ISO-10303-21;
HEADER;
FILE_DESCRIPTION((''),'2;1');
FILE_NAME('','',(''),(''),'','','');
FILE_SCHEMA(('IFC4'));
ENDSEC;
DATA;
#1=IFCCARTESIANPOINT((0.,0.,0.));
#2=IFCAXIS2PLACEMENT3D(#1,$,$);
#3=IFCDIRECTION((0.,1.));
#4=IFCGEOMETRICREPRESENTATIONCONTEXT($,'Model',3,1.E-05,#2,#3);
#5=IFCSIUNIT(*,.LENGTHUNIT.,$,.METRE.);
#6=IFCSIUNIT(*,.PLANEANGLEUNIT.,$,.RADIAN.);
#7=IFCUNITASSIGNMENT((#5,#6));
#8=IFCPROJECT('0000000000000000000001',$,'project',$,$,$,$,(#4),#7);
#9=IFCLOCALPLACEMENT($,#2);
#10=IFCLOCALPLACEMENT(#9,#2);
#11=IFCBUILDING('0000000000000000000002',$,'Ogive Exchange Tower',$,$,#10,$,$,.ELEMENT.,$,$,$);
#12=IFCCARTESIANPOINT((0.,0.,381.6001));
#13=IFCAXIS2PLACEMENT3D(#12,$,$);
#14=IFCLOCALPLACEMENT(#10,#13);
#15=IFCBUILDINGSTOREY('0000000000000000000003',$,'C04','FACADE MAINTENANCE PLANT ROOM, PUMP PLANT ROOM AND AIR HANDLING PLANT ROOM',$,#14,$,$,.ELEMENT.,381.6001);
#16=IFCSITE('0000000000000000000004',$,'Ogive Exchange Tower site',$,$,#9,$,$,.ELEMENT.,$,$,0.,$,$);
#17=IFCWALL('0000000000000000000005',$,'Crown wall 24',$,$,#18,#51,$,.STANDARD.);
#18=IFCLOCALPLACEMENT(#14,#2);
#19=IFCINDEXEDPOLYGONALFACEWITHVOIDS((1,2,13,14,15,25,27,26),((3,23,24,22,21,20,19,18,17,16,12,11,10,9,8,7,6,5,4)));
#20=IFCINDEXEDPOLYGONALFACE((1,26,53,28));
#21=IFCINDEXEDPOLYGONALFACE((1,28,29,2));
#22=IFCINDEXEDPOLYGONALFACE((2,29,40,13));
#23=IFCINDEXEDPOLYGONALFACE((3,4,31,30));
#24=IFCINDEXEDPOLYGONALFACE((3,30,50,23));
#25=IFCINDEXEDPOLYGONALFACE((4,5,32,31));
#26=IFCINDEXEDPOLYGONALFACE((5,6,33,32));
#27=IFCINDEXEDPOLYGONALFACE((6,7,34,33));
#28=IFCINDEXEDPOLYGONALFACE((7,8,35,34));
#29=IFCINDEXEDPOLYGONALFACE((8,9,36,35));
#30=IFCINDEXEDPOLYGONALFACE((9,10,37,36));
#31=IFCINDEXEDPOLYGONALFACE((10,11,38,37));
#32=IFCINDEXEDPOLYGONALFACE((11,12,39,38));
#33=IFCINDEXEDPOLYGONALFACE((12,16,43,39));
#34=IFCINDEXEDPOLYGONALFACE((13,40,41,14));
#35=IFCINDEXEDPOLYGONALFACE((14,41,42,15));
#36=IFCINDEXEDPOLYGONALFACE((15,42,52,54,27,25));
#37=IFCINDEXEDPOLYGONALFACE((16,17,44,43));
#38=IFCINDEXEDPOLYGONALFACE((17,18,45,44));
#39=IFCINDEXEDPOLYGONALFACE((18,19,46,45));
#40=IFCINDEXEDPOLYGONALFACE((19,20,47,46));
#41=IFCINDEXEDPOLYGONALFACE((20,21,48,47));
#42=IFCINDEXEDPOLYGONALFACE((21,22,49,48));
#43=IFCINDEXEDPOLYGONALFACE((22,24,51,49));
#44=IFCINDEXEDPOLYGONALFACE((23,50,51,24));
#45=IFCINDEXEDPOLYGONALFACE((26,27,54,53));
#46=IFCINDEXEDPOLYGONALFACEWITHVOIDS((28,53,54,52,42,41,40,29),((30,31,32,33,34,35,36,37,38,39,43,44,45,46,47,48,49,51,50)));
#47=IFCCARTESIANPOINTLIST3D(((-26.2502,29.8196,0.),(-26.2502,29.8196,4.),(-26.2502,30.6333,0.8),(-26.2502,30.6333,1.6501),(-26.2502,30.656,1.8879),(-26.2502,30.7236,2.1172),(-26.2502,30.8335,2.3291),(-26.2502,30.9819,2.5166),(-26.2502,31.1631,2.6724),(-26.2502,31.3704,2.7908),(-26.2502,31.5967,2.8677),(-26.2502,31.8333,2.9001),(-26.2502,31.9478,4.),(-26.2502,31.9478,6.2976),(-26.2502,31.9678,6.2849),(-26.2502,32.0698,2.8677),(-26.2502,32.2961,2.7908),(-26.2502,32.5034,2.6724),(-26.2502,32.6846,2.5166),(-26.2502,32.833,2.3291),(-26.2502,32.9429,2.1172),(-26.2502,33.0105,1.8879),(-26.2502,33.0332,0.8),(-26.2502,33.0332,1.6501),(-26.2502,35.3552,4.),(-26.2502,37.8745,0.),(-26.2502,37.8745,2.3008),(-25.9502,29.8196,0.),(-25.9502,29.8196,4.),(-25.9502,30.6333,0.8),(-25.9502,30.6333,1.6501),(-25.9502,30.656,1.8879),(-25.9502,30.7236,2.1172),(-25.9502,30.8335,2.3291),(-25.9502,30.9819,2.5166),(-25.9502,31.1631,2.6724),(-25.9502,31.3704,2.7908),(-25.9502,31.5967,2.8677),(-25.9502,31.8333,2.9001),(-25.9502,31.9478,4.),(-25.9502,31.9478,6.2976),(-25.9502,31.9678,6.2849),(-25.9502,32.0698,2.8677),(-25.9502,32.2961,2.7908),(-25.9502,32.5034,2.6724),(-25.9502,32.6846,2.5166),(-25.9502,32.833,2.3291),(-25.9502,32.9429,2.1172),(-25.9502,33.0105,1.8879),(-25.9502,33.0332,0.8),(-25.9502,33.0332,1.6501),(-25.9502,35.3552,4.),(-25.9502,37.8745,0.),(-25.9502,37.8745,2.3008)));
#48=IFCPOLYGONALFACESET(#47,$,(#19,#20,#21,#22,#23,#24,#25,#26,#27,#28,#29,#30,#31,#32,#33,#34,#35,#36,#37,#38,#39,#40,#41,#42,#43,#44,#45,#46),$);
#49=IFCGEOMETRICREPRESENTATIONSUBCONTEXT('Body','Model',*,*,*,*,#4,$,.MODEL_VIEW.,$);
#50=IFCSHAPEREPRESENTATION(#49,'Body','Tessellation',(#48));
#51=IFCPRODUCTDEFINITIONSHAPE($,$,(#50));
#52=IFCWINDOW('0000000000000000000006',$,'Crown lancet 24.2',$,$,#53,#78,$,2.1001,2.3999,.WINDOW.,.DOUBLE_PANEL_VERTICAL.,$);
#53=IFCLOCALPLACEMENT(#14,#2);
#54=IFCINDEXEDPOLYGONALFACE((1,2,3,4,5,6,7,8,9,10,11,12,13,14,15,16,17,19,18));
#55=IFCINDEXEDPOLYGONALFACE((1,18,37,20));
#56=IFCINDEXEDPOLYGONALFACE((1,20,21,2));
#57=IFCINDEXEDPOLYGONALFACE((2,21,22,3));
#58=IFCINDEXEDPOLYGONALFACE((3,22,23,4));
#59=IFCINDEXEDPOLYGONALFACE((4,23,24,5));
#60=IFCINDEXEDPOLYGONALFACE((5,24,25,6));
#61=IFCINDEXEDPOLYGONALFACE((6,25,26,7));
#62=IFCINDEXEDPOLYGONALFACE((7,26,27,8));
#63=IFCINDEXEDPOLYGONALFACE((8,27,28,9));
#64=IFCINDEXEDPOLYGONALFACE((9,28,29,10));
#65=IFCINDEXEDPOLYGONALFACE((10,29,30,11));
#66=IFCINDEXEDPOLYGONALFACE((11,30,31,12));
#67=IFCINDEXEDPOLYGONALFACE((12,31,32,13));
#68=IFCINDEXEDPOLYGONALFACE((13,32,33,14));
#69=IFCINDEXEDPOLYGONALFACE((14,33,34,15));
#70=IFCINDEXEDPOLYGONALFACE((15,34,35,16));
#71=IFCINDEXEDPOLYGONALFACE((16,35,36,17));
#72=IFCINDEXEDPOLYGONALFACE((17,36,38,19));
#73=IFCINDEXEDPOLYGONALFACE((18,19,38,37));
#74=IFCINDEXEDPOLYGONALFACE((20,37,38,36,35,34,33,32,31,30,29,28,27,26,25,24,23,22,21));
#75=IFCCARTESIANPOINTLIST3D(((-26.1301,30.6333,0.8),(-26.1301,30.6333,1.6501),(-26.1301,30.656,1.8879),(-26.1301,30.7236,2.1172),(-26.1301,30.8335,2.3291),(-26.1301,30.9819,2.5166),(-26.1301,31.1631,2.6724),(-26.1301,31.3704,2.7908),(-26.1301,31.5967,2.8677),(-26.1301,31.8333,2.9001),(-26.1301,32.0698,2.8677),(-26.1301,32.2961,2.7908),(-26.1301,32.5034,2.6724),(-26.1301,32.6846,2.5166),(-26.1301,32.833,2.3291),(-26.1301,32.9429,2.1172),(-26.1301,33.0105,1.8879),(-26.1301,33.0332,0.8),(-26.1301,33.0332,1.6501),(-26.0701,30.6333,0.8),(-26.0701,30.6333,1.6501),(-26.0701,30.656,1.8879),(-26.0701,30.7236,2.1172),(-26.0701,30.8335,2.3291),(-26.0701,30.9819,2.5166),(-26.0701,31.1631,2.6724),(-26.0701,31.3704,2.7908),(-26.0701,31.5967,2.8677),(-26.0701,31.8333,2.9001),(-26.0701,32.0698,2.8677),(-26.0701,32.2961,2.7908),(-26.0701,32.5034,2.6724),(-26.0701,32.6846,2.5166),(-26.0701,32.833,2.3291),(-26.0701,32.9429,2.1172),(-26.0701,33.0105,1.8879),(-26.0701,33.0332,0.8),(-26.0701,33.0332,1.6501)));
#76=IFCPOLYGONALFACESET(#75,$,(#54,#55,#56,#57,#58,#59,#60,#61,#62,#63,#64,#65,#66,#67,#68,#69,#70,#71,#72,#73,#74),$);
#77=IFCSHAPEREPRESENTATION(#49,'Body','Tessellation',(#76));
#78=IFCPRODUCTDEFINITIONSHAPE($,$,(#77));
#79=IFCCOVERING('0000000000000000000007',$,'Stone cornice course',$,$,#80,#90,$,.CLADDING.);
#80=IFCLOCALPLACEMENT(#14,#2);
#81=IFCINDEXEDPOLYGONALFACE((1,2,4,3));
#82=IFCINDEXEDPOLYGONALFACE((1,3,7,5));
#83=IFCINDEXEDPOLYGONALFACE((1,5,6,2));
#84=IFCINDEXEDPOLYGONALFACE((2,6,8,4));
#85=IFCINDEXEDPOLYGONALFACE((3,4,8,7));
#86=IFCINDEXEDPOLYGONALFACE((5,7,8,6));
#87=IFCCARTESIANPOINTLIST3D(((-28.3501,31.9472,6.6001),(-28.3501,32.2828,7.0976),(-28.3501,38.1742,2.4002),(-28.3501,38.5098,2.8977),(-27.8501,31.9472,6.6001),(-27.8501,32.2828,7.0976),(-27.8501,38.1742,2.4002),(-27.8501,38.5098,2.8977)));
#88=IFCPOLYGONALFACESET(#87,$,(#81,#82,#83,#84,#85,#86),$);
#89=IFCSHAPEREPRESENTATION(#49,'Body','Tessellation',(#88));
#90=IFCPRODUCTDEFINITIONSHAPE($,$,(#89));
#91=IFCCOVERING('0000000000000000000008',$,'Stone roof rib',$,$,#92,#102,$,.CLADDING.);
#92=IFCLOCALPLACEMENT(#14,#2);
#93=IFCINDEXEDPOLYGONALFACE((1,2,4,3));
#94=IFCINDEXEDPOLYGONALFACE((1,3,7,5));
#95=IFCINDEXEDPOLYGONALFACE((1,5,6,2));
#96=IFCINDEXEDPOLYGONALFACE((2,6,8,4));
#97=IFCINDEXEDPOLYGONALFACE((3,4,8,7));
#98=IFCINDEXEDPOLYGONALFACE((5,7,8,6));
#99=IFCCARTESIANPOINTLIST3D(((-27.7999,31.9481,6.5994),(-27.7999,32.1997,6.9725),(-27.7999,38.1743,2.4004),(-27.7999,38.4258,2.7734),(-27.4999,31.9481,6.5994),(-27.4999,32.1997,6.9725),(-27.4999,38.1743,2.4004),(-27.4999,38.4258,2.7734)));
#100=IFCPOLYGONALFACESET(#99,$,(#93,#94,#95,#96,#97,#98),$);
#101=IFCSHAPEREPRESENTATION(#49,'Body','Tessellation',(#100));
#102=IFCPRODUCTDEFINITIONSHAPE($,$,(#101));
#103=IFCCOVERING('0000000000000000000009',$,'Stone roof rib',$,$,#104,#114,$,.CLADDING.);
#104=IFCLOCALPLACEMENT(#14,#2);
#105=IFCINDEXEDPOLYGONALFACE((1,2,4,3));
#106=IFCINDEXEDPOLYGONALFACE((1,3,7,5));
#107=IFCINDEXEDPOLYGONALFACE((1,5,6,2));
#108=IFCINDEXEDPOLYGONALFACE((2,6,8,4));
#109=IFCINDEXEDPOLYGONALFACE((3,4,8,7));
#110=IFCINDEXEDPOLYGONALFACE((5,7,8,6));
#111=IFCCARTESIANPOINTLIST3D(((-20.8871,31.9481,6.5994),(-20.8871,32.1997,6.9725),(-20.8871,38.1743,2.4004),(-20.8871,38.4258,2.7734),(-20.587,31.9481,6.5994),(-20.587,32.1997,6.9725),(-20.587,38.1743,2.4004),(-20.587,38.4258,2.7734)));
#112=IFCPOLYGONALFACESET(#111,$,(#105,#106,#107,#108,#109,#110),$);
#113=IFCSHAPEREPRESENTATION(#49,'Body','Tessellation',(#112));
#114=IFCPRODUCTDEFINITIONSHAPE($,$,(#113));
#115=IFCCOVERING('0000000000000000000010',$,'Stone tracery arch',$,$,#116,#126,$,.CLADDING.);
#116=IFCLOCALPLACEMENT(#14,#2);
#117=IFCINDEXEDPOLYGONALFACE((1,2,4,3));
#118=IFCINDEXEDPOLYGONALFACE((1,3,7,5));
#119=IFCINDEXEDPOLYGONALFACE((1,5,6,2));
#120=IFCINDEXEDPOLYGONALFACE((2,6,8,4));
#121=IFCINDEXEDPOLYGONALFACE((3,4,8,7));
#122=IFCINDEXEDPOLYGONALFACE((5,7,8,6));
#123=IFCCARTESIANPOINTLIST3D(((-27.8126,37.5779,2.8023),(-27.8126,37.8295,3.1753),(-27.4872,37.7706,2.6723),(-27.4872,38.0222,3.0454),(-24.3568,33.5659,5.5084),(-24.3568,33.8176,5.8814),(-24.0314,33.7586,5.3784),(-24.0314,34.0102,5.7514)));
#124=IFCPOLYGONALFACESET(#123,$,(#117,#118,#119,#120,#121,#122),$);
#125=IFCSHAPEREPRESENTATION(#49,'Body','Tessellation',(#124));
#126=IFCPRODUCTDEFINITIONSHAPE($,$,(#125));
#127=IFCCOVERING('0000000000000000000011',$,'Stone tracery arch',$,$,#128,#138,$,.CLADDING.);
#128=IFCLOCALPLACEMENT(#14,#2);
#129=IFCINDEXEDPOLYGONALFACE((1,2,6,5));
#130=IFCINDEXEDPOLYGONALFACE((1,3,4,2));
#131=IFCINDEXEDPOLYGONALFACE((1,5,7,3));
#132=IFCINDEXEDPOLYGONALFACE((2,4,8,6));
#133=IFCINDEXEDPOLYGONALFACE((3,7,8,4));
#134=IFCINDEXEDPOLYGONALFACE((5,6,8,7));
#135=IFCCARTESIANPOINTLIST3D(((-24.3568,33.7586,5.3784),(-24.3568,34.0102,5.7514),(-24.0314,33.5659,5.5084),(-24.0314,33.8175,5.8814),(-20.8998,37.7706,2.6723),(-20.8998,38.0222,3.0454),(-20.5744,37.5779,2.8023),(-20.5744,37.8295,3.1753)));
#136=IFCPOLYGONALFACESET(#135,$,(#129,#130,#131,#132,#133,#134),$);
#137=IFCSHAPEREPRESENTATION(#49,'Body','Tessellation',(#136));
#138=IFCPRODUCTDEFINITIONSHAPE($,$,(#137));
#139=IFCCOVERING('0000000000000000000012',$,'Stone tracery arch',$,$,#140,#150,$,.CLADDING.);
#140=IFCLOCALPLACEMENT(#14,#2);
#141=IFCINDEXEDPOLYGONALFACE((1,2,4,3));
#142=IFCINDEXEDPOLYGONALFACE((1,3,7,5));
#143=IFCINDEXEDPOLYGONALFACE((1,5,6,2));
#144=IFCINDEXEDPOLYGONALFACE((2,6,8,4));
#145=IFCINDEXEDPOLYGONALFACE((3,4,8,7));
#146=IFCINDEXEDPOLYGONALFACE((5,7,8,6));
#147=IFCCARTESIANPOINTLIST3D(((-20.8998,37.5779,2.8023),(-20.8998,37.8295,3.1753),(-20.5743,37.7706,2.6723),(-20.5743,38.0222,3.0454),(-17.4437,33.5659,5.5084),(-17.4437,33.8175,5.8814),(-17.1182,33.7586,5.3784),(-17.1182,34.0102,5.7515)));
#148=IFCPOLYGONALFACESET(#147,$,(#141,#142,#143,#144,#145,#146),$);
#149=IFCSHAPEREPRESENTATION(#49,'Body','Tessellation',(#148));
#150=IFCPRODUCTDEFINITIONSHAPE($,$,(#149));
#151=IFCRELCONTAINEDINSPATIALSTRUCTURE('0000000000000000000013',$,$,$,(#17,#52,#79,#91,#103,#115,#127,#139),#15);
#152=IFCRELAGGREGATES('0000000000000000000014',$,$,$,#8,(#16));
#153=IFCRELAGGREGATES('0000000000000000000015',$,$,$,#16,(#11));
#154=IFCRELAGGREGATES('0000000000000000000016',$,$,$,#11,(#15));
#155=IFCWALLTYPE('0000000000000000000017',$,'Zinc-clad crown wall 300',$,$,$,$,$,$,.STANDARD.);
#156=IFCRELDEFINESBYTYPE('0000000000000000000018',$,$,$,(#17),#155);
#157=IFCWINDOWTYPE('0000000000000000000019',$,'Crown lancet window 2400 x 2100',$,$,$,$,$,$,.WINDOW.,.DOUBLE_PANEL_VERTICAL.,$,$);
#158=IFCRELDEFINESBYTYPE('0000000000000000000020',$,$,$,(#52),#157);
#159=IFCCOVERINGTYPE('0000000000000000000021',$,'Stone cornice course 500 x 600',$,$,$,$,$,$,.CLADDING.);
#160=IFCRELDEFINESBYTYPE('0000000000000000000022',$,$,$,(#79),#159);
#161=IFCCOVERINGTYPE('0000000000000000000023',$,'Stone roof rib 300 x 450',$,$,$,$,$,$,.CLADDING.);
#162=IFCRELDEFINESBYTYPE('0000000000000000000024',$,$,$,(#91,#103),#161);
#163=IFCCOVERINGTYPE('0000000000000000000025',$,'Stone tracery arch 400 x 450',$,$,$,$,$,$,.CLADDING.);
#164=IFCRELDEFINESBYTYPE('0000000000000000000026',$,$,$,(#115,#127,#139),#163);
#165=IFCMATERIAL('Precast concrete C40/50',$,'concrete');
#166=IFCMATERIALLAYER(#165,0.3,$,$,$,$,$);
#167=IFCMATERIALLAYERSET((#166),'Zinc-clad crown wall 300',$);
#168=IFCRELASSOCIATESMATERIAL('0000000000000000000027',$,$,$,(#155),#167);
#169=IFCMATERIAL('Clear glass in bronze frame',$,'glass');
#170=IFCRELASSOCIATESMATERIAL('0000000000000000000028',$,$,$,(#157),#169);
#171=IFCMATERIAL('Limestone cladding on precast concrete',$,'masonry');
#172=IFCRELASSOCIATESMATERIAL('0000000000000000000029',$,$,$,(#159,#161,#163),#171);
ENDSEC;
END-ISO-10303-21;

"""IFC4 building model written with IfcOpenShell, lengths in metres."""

from ifc_helpers import new_model, si_unit, direction, frame, origin, origin_2d, place, context, subcontext, project, spatial, polyline, rectangle, outline, extrude, material, layer, layer_set, material_profile, profile_set, type_object, element, fill, save


model = new_model("IFC4")

# Units and contexts
model_context = context("Model", 3, precision=1e-05, world=origin(), true_north=direction((0.0, 1.0)))
body_context = subcontext(model_context, "Body", "Model", "MODEL_VIEW")
ifc_project = project(units=[si_unit("LENGTHUNIT", "METRE"), si_unit("PLANEANGLEUNIT", "RADIAN")], contexts=[model_context])

# Site, building, storey
site_placement = place(None, origin())
site = spatial("IfcSite", under=ifc_project, at=site_placement, Name="Ogive Exchange Tower site", CompositionType="ELEMENT", RefElevation=0.0)
building_placement = place(site_placement, origin())
building = spatial("IfcBuilding", under=site, at=building_placement, Name="Ogive Exchange Tower", CompositionType="ELEMENT")
storey_placement = place(building_placement, frame((0.0, 0.0, 381.6001)))
storey = spatial("IfcBuildingStorey", under=building, at=storey_placement, Name="C04", Description="FACADE MAINTENANCE PLANT ROOM, PUMP PLANT ROOM AND AIR HANDLING PLANT ROOM", CompositionType="ELEMENT", Elevation=381.6001)

# Shared definitions
ifc_material_1 = material(Name="Precast concrete C40/50", Category="concrete")

# Wall, opening, window
ifc_layer_1 = layer(ifc_material_1, 0.3)
ifc_layer_set_1 = layer_set([ifc_layer_1], Name="Zinc-clad crown wall 300")
wall_type = type_object("IfcWallType", Name="Zinc-clad crown wall 300", PredefinedType="STANDARD", material=ifc_layer_set_1)
wall_placement = place(storey_placement, frame((-26.1001, 37.8745, 0.0), z_axis=(0.0, 0.0, 1.0), x_axis=(0.0, -1.0, 0.0)))
wall = element("IfcWall", 1, at=wall_placement, inside=storey, type_object=wall_type, Name="Crown wall 24", PredefinedType="STANDARD", context=body_context, shape_type="SweptSolid", body=[
    extrude(outline(polyline([(0.0, 0.0), (8.0549, 0.0), (8.0549, 4.0), (5.9268, 4.0), (5.9268, 6.2976), (5.9067, 6.2849), (2.5193, 4.0), (0.0, 2.3008), (0.0, 0.0)])), frame((0.0, 0.1499, 0.0), z_axis=(0.0, -1.0, 0.0), x_axis=(1.0, 0.0, 0.0)), (0.0, 0.0, 1.0), 0.3),
])
opening_placement = place(wall_placement, frame((4.8413, 0.0, 0.8)))
opening = element("IfcOpeningElement", 2, at=opening_placement, cuts=wall, PredefinedType="OPENING", context=body_context, shape_type="SweptSolid", body=[
    extrude(outline(polyline([(0.0, 0.0), (2.3999, 0.0), (2.3999, 0.8501), (2.3772, 1.0879), (2.3096, 1.3171), (2.1997, 1.5291), (2.0513, 1.7166), (1.8701, 1.8723), (1.6628, 1.9907), (1.4365, 2.0676), (1.2, 2.1001), (0.9634, 2.0676), (0.7371, 1.9907), (0.5298, 1.8723), (0.3486, 1.7166), (0.2002, 1.5291), (0.0903, 1.3171), (0.0227, 1.0879), (0.0, 0.8501), (0.0, 0.0)])), frame((0.0, 0.1599, 0.0), z_axis=(0.0, -1.0, 0.0), x_axis=(1.0, 0.0, 0.0)), (0.0, 0.0, 1.0), 0.3201),
])
ifc_material_2 = material(Name="Clear glass in bronze frame", Category="glass")
window_type = type_object("IfcWindowType", Name="Crown lancet window 2400 x 2100", PartitioningType="DOUBLE_PANEL_VERTICAL", PredefinedType="WINDOW", material=ifc_material_2)
window_placement = place(opening_placement, origin())
window = element("IfcWindow", 3, at=window_placement, inside=storey, type_object=window_type, Name="Crown lancet 24.2", OverallHeight=2.1001, OverallWidth=2.3999, PartitioningType="DOUBLE_PANEL_VERTICAL", PredefinedType="WINDOW", context=body_context, shape_type="SweptSolid", body=[
    extrude(outline(polyline([(0.0, 0.0), (2.3999, 0.0), (2.3999, 0.8501), (2.3772, 1.0879), (2.3096, 1.3171), (2.1997, 1.5291), (2.0513, 1.7166), (1.8701, 1.8723), (1.6628, 1.9907), (1.4365, 2.0676), (1.2, 2.1001), (0.9634, 2.0676), (0.7371, 1.9907), (0.5298, 1.8723), (0.3486, 1.7166), (0.2002, 1.5291), (0.0903, 1.3171), (0.0227, 1.0879), (0.0, 0.8501), (0.0, 0.0)])), frame((0.0, 0.03, 0.0), z_axis=(0.0, -1.0, 0.0), x_axis=(1.0, 0.0, 0.0)), (0.0, 0.0, 1.0), 0.0601),
])
fill(opening, window)

# Coverings
ifc_material_3 = material(Name="Limestone cladding on precast concrete", Category="masonry")
ifc_material_profile_1 = material_profile(ifc_material_3, rectangle(XDim=0.5, YDim=0.6001, at=origin_2d()), Name="CORNICE 500 x 600")
ifc_profile_set_1 = profile_set([ifc_material_profile_1], Name="Limestone cladding on precast concrete")
covering_type_1 = type_object("IfcCoveringType", Name="Stone cornice course 500 x 600", PredefinedType="CLADDING", material=ifc_profile_set_1)
covering_1_placement = place(storey_placement, frame((-28.1001, 32.115, 6.8489), z_axis=(0.0, 0.829053, -0.55917), x_axis=(-1.0, 0.0, 0.0)))
element("IfcCovering", 4, at=covering_1_placement, inside=storey, type_object=covering_type_1, Name="Stone cornice course", PredefinedType="CLADDING", context=body_context, shape_type="SweptSolid", body=[
    extrude(rectangle(XDim=0.5, YDim=0.6001, at=origin_2d()), origin(), (0.0, 0.0, 1.0), 7.511),
])
ifc_material_profile_2 = material_profile(ifc_material_3, rectangle(XDim=0.3, YDim=0.45, at=origin_2d()), Name="RIB 300 x 450")
ifc_profile_set_2 = profile_set([ifc_material_profile_2], Name="Limestone cladding on precast concrete")
covering_type_2 = type_object("IfcCoveringType", Name="Stone roof rib 300 x 450", PredefinedType="CLADDING", material=ifc_profile_set_2)
for number, where, z_axis, x_axis, name in (
    (5, (-27.6499, 38.3, 2.5869), (0.0, -0.829072, 0.559141), (1.0, 0.0, 0.0), "Stone roof rib"),
    (6, (-20.7371, 38.3, 2.5869), (0.0, -0.829072, 0.559141), (1.0, 0.0, 0.0), "Stone roof rib"),
):
    element("IfcCovering", number, at=place(storey_placement, frame(where, z_axis=z_axis, x_axis=x_axis)), inside=storey, type_object=covering_type_2, Name=name, PredefinedType="CLADDING", context=body_context, shape_type="SweptSolid", body=[
        extrude(rectangle(XDim=0.3, YDim=0.45, at=origin_2d()), origin(), (0.0, 0.0, 1.0), 7.5098),
    ])
ifc_material_profile_3 = material_profile(ifc_material_3, rectangle(XDim=0.3999, YDim=0.45, at=origin_2d()), Name="TRACERY 400 x 450")
ifc_profile_set_3 = profile_set([ifc_material_profile_3], Name="Limestone cladding on precast concrete")
covering_type_3 = type_object("IfcCoveringType", Name="Stone tracery arch 400 x 450", PredefinedType="CLADDING", material=ifc_profile_set_3)
covering_2_placement = place(storey_placement, frame((-27.6499, 37.8, 2.9238), z_axis=(0.581148, -0.674673, 0.455065), x_axis=(0.813798, 0.481769, -0.325009)))
element("IfcCovering", 7, at=covering_2_placement, inside=storey, type_object=covering_type_3, Name="Stone tracery arch", PredefinedType="CLADDING", context=body_context, shape_type="SweptSolid", body=[
    extrude(rectangle(XDim=0.3999, YDim=0.45, at=origin_2d()), origin(), (0.0, 0.0, 1.0), 5.9465),
])
covering_3_placement = place(storey_placement, frame((-20.7371, 37.8, 2.9238), z_axis=(-0.581283, -0.674593, 0.45501), x_axis=(0.813701, -0.481926, 0.325019)))
element("IfcCovering", 8, at=covering_3_placement, inside=storey, type_object=covering_type_3, Name="Stone tracery arch", PredefinedType="CLADDING", context=body_context, shape_type="SweptSolid", body=[
    extrude(rectangle(XDim=0.3999, YDim=0.45, at=origin_2d()), origin(), (0.0, 0.0, 1.0), 5.9473),
])
covering_4_placement = place(storey_placement, frame((-20.7371, 37.8, 2.9238), z_axis=(0.581175, -0.674657, 0.455054), x_axis=(0.813779, 0.48182, -0.324982)))
element("IfcCovering", 9, at=covering_4_placement, inside=storey, type_object=covering_type_3, Name="Stone tracery arch", PredefinedType="CLADDING", context=body_context, shape_type="SweptSolid", body=[
    extrude(rectangle(XDim=0.3999, YDim=0.45, at=origin_2d()), origin(), (0.0, 0.0, 1.0), 5.9468),
])

save(model, "model.ifc")
